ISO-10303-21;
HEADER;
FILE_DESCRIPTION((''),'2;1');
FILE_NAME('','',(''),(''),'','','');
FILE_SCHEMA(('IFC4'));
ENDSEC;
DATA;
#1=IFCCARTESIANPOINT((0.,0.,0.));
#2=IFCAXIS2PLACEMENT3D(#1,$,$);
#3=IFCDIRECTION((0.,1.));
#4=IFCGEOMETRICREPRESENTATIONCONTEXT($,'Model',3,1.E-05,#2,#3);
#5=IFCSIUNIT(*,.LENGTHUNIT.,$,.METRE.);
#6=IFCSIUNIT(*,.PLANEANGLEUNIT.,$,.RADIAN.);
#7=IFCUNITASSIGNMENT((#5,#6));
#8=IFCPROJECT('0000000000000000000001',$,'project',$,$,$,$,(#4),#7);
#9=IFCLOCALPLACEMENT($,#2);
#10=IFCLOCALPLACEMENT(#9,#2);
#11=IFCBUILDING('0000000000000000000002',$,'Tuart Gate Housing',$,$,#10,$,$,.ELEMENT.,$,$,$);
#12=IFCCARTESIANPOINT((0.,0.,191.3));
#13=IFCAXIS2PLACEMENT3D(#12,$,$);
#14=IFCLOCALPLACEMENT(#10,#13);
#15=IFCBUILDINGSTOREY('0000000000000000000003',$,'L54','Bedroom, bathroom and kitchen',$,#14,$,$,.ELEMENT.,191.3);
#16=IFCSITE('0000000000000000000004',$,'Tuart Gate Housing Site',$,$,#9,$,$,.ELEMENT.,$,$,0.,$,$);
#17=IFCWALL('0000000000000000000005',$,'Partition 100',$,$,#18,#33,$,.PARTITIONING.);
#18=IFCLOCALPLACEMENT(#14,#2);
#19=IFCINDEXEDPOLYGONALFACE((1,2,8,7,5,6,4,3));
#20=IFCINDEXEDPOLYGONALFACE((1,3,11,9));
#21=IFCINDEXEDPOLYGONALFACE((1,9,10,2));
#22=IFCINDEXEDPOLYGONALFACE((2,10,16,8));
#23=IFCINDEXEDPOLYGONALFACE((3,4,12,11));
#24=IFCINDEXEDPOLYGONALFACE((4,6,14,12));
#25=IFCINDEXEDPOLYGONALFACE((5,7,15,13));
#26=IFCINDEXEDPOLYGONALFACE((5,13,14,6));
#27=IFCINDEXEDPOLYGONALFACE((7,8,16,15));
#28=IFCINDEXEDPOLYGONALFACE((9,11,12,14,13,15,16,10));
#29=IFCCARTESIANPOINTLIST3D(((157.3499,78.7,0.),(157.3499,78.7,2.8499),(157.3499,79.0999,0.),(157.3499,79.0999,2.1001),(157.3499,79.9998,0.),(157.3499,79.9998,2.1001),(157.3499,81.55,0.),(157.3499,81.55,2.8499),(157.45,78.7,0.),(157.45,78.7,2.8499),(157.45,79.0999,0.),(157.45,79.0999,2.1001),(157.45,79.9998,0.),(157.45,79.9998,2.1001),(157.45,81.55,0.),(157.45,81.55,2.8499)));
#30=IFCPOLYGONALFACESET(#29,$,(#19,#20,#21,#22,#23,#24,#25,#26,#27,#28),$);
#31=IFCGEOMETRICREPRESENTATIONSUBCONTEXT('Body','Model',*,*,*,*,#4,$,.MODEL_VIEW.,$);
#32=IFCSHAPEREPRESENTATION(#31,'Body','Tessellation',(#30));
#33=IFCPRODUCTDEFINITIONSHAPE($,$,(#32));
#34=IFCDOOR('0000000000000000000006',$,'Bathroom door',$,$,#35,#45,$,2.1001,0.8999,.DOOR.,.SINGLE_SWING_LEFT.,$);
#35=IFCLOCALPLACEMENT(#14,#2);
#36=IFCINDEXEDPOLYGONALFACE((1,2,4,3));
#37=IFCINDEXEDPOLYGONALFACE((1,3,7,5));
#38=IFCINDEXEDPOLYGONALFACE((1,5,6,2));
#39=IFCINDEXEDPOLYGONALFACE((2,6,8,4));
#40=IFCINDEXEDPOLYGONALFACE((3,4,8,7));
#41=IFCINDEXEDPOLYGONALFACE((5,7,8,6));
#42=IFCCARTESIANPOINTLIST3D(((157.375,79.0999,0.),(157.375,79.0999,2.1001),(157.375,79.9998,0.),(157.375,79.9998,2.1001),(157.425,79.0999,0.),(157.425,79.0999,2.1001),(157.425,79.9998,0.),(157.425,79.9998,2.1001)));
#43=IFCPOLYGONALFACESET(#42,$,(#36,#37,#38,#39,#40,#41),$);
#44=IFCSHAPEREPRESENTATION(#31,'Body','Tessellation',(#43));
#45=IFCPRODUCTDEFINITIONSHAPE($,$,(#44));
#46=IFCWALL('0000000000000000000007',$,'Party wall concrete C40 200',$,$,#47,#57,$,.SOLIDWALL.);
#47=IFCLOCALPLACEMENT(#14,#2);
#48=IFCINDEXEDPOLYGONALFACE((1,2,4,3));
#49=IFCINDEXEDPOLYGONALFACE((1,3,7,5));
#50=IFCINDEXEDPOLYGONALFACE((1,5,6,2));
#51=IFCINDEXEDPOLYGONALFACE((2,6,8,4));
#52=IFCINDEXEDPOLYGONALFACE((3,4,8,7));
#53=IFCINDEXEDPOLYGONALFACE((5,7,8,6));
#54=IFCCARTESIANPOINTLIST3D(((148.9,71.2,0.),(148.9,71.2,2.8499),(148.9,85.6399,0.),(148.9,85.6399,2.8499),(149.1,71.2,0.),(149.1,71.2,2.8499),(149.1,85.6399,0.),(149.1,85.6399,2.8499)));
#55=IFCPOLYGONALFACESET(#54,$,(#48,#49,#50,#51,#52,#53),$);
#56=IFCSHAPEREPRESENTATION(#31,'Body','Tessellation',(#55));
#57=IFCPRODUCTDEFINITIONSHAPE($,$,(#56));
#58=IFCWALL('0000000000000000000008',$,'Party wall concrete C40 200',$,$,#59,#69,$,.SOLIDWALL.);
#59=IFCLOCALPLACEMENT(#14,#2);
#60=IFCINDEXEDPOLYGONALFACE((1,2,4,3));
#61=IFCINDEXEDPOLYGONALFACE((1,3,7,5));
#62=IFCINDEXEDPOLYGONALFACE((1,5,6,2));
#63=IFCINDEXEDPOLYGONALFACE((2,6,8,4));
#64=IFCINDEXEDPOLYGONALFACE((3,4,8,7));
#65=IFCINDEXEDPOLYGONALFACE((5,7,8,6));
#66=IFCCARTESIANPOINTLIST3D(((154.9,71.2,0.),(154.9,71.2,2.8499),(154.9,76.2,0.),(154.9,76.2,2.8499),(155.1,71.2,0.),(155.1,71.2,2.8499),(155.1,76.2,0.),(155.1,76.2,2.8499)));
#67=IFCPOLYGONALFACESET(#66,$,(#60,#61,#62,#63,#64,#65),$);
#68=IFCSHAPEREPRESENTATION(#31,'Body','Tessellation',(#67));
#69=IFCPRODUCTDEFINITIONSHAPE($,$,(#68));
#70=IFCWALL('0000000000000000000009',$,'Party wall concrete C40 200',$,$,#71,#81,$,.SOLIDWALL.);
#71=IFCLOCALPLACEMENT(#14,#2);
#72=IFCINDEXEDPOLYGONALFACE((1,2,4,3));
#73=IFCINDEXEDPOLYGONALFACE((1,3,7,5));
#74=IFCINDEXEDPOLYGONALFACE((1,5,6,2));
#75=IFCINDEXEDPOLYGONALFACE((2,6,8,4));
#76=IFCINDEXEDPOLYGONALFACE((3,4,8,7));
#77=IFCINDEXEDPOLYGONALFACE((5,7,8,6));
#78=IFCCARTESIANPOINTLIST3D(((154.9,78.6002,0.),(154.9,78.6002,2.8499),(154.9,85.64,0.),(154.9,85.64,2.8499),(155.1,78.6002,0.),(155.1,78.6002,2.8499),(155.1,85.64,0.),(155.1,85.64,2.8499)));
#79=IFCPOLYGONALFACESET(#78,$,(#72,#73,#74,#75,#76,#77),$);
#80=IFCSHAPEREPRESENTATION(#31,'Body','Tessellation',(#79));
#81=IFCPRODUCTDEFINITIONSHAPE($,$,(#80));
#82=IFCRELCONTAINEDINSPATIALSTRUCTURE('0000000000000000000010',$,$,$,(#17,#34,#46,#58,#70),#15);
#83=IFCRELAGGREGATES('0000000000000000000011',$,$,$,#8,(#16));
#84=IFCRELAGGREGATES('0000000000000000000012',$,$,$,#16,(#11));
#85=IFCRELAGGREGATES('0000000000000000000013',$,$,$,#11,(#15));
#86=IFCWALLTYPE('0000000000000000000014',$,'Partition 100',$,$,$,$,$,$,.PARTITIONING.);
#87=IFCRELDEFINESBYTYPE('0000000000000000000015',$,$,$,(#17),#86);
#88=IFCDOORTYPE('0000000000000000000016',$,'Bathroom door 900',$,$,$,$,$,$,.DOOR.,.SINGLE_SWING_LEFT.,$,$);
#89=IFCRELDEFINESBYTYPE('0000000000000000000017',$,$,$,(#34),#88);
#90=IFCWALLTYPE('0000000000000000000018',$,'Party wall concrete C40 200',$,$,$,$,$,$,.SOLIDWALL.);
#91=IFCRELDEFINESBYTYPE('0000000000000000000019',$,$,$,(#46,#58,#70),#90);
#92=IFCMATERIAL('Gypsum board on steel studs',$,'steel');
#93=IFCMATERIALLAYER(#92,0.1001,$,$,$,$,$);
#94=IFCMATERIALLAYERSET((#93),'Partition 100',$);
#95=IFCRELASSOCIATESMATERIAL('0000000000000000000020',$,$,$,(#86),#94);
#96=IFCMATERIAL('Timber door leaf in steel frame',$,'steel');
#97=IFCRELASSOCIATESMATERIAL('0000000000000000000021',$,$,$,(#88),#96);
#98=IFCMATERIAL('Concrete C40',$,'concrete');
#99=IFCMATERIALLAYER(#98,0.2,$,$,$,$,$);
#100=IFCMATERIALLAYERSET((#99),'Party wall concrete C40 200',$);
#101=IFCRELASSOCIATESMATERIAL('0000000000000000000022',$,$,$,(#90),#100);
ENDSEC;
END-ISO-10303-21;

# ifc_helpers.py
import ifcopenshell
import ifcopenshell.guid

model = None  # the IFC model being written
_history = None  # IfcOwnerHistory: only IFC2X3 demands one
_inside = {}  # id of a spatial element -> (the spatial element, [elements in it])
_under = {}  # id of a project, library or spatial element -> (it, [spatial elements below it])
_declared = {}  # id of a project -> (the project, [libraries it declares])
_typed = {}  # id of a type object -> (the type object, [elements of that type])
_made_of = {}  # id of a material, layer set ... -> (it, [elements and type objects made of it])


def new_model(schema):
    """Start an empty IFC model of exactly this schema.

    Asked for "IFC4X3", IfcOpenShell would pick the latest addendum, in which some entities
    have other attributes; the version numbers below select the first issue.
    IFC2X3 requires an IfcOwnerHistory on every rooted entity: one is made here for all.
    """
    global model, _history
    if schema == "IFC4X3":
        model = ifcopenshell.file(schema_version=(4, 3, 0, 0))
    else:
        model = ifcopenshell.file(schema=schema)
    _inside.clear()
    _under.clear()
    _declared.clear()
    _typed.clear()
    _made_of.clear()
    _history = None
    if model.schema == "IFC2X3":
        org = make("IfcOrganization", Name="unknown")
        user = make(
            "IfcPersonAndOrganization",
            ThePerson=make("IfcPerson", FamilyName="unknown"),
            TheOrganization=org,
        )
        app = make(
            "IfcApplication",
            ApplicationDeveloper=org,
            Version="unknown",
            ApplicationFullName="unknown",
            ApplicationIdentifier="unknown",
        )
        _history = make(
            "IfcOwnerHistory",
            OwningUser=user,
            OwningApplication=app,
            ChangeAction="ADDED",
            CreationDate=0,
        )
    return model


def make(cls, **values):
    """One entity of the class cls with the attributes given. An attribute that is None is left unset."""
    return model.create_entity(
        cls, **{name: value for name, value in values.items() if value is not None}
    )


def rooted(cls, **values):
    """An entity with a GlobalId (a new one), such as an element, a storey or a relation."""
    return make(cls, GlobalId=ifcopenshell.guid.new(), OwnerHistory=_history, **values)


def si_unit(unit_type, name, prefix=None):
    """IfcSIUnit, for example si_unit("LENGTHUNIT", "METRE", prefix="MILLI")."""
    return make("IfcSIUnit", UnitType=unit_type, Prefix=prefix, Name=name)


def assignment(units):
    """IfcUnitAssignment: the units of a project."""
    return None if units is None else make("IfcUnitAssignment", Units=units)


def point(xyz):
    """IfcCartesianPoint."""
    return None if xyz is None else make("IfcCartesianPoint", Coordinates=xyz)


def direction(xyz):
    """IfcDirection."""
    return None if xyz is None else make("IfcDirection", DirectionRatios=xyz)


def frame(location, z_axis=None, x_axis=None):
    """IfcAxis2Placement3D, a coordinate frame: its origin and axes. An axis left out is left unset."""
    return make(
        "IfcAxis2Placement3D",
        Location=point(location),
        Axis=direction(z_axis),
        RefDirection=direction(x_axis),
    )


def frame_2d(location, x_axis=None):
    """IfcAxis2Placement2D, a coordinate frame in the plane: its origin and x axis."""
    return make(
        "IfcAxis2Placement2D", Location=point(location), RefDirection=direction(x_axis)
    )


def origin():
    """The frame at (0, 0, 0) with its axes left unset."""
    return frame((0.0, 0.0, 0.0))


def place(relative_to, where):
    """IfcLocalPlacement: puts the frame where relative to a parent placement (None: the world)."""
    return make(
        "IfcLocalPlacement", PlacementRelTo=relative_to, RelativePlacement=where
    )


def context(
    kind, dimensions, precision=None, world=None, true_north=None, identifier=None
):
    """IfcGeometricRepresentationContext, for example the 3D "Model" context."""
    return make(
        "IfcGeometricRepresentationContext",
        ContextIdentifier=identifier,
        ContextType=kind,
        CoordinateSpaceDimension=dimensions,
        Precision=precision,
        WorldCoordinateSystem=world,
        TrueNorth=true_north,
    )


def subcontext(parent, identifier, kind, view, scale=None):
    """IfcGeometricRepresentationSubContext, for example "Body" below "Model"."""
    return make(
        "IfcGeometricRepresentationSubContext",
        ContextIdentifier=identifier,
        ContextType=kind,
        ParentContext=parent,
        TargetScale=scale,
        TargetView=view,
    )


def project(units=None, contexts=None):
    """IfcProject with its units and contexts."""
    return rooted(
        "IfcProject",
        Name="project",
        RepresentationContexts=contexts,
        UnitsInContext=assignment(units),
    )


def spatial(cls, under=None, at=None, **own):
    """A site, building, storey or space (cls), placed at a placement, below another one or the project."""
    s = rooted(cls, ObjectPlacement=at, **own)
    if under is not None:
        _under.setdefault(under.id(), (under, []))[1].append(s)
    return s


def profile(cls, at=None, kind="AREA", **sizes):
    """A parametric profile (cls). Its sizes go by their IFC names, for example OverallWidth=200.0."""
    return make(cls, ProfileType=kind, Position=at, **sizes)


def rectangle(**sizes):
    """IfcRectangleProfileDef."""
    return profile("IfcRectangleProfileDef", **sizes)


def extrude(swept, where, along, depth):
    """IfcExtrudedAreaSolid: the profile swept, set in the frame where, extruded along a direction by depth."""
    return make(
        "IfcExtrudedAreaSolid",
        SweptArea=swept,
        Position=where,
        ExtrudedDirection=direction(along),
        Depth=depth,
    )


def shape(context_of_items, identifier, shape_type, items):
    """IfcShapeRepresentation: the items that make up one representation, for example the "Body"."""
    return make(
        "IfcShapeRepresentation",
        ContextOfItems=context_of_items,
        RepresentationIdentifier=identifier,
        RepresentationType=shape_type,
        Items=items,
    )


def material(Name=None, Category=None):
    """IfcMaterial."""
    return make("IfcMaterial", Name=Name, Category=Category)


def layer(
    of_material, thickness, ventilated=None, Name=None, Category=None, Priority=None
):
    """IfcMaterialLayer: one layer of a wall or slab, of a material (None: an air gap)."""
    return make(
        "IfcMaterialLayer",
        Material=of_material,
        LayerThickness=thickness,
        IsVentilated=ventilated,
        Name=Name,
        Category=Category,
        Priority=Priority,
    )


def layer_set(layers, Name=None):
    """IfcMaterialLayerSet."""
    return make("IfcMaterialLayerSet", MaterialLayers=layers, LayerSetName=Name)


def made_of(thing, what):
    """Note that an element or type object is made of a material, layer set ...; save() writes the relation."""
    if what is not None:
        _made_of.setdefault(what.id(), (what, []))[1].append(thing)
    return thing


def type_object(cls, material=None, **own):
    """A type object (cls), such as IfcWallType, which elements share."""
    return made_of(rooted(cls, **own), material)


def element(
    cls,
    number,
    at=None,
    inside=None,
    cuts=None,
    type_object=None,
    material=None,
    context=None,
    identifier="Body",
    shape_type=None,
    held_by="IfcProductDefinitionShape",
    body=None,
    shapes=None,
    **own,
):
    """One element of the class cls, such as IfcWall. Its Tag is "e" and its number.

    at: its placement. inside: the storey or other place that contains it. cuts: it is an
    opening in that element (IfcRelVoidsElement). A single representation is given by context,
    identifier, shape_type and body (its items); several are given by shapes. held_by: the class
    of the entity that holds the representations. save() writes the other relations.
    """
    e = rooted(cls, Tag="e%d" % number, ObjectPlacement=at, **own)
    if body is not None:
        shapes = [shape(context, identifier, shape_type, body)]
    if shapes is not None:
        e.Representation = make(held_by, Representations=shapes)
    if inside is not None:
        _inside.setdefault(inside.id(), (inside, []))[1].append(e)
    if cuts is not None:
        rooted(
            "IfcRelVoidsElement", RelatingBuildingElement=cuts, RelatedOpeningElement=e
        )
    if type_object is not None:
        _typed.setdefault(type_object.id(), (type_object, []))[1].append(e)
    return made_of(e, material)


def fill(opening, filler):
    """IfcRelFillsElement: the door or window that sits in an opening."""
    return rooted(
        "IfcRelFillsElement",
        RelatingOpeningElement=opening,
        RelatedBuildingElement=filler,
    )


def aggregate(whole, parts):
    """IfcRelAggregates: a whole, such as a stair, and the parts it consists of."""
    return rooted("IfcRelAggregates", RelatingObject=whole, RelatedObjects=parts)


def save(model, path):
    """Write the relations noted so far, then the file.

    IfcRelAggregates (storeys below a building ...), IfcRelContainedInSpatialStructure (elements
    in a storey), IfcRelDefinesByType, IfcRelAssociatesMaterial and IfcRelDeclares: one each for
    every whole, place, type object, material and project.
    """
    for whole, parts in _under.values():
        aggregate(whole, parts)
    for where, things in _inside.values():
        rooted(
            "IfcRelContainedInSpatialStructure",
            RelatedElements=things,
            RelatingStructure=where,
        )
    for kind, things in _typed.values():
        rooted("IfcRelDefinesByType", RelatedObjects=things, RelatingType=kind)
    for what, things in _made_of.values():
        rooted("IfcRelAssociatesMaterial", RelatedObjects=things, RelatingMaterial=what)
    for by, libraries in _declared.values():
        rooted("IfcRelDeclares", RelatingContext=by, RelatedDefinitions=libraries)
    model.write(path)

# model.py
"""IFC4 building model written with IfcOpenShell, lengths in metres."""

from ifc_helpers import new_model, si_unit, direction, frame, frame_2d, origin, place, context, subcontext, project, spatial, rectangle, extrude, material, layer, layer_set, type_object, element, fill, save


model = new_model("IFC4")

# Units and contexts
model_context = context("Model", 3, precision=1e-05, world=origin(), true_north=direction((0.0, 1.0)))
body_context = subcontext(model_context, "Body", "Model", "MODEL_VIEW")
ifc_project = project(units=[si_unit("LENGTHUNIT", "METRE"), si_unit("PLANEANGLEUNIT", "RADIAN")], contexts=[model_context])

# Site, building, storey
site_placement = place(None, origin())
site = spatial("IfcSite", under=ifc_project, at=site_placement, Name="Tuart Gate Housing Site", CompositionType="ELEMENT", RefElevation=0.0)
building_placement = place(site_placement, origin())
building = spatial("IfcBuilding", under=site, at=building_placement, Name="Tuart Gate Housing", CompositionType="ELEMENT")
storey_placement = place(building_placement, frame((0.0, 0.0, 191.3)))
storey = spatial("IfcBuildingStorey", under=building, at=storey_placement, Name="L54", Description="Bedroom, bathroom and kitchen", CompositionType="ELEMENT", Elevation=191.3)

# Shared definitions
ifc_material_1 = material(Name="Gypsum board on steel studs", Category="steel")
ifc_layer_1 = layer(ifc_material_1, 0.1001)
ifc_layer_set_1 = layer_set([ifc_layer_1], Name="Partition 100")
wall_type_1 = type_object("IfcWallType", Name="Partition 100", PredefinedType="PARTITIONING", material=ifc_layer_set_1)

# Shared definitions
ifc_material_2 = material(Name="Timber door leaf in steel frame", Category="steel")
door_type_1 = type_object("IfcDoorType", Name="Bathroom door 900", OperationType="SINGLE_SWING_LEFT", PredefinedType="DOOR", material=ifc_material_2)

# Wall, opening, door
wall_1_placement = place(storey_placement, frame((157.3999, 78.7, 0.0), z_axis=(0.0, 0.0, 1.0), x_axis=(0.0, 1.0, 0.0)))
wall_1 = element("IfcWall", 1, at=wall_1_placement, inside=storey, type_object=wall_type_1, Name="Partition 100", PredefinedType="PARTITIONING", context=body_context, shape_type="SweptSolid", body=[
    extrude(rectangle(XDim=2.8501, YDim=0.1001, at=frame_2d((1.425, 0.0))), origin(), (0.0, 0.0, 1.0), 2.8499),
])
opening_1_placement = place(wall_1_placement, frame((0.3999, 0.0, 0.0)))
opening_1 = element("IfcOpeningElement", 2, at=opening_1_placement, cuts=wall_1, PredefinedType="OPENING", context=body_context, shape_type="SweptSolid", body=[
    extrude(rectangle(XDim=0.8999, YDim=2.1001, at=frame_2d((0.45, 1.05))), frame((0.0, 0.0601, 0.0), z_axis=(0.0, -1.0, 0.0), x_axis=(1.0, 0.0, 0.0)), (0.0, 0.0, 1.0), 0.1201),
])
door_1_placement = place(opening_1_placement, origin())
door_1 = element("IfcDoor", 3, at=door_1_placement, inside=storey, type_object=door_type_1, Name="Bathroom door", OperationType="SINGLE_SWING_LEFT", OverallHeight=2.1001, OverallWidth=0.8999, PredefinedType="DOOR", context=body_context, shape_type="SweptSolid", body=[
    extrude(rectangle(XDim=0.8999, YDim=2.1001, at=frame_2d((0.45, 1.05))), frame((0.0, 0.0249, 0.0), z_axis=(0.0, -1.0, 0.0), x_axis=(1.0, 0.0, 0.0)), (0.0, 0.0, 1.0), 0.05),
])
fill(opening_1, door_1)

# Walls
ifc_material_3 = material(Name="Concrete C40", Category="concrete")
ifc_layer_2 = layer(ifc_material_3, 0.2)
ifc_layer_set_2 = layer_set([ifc_layer_2], Name="Party wall concrete C40 200")
wall_type_2 = type_object("IfcWallType", Name="Party wall concrete C40 200", PredefinedType="SOLIDWALL", material=ifc_layer_set_2)
wall_2_placement = place(storey_placement, frame((149.0, 71.2, 0.0), z_axis=(0.0, 0.0, 1.0), x_axis=(0.0, 1.0, 0.0)))
element("IfcWall", 4, at=wall_2_placement, inside=storey, type_object=wall_type_2, Name="Party wall concrete C40 200", PredefinedType="SOLIDWALL", context=body_context, shape_type="SweptSolid", body=[
    extrude(rectangle(XDim=14.4399, YDim=0.2, at=frame_2d((7.22, 0.0))), origin(), (0.0, 0.0, 1.0), 2.8499),
])
wall_3_placement = place(storey_placement, frame((155.0, 71.2, 0.0), z_axis=(0.0, 0.0, 1.0), x_axis=(0.0, 1.0, 0.0)))
element("IfcWall", 5, at=wall_3_placement, inside=storey, type_object=wall_type_2, Name="Party wall concrete C40 200", PredefinedType="SOLIDWALL", context=body_context, shape_type="SweptSolid", body=[
    extrude(rectangle(XDim=5.0, YDim=0.2, at=frame_2d((2.5, 0.0))), origin(), (0.0, 0.0, 1.0), 2.8499),
])
wall_4_placement = place(storey_placement, frame((155.0, 78.6001, 0.0), z_axis=(0.0, 0.0, 1.0), x_axis=(0.0, 1.0, 0.0)))
element("IfcWall", 6, at=wall_4_placement, inside=storey, type_object=wall_type_2, Name="Party wall concrete C40 200", PredefinedType="SOLIDWALL", context=body_context, shape_type="SweptSolid", body=[
    extrude(rectangle(XDim=7.0398, YDim=0.2, at=frame_2d((3.52, 0.0))), origin(), (0.0, 0.0, 1.0), 2.8499),
])

save(model, "model.ifc")
